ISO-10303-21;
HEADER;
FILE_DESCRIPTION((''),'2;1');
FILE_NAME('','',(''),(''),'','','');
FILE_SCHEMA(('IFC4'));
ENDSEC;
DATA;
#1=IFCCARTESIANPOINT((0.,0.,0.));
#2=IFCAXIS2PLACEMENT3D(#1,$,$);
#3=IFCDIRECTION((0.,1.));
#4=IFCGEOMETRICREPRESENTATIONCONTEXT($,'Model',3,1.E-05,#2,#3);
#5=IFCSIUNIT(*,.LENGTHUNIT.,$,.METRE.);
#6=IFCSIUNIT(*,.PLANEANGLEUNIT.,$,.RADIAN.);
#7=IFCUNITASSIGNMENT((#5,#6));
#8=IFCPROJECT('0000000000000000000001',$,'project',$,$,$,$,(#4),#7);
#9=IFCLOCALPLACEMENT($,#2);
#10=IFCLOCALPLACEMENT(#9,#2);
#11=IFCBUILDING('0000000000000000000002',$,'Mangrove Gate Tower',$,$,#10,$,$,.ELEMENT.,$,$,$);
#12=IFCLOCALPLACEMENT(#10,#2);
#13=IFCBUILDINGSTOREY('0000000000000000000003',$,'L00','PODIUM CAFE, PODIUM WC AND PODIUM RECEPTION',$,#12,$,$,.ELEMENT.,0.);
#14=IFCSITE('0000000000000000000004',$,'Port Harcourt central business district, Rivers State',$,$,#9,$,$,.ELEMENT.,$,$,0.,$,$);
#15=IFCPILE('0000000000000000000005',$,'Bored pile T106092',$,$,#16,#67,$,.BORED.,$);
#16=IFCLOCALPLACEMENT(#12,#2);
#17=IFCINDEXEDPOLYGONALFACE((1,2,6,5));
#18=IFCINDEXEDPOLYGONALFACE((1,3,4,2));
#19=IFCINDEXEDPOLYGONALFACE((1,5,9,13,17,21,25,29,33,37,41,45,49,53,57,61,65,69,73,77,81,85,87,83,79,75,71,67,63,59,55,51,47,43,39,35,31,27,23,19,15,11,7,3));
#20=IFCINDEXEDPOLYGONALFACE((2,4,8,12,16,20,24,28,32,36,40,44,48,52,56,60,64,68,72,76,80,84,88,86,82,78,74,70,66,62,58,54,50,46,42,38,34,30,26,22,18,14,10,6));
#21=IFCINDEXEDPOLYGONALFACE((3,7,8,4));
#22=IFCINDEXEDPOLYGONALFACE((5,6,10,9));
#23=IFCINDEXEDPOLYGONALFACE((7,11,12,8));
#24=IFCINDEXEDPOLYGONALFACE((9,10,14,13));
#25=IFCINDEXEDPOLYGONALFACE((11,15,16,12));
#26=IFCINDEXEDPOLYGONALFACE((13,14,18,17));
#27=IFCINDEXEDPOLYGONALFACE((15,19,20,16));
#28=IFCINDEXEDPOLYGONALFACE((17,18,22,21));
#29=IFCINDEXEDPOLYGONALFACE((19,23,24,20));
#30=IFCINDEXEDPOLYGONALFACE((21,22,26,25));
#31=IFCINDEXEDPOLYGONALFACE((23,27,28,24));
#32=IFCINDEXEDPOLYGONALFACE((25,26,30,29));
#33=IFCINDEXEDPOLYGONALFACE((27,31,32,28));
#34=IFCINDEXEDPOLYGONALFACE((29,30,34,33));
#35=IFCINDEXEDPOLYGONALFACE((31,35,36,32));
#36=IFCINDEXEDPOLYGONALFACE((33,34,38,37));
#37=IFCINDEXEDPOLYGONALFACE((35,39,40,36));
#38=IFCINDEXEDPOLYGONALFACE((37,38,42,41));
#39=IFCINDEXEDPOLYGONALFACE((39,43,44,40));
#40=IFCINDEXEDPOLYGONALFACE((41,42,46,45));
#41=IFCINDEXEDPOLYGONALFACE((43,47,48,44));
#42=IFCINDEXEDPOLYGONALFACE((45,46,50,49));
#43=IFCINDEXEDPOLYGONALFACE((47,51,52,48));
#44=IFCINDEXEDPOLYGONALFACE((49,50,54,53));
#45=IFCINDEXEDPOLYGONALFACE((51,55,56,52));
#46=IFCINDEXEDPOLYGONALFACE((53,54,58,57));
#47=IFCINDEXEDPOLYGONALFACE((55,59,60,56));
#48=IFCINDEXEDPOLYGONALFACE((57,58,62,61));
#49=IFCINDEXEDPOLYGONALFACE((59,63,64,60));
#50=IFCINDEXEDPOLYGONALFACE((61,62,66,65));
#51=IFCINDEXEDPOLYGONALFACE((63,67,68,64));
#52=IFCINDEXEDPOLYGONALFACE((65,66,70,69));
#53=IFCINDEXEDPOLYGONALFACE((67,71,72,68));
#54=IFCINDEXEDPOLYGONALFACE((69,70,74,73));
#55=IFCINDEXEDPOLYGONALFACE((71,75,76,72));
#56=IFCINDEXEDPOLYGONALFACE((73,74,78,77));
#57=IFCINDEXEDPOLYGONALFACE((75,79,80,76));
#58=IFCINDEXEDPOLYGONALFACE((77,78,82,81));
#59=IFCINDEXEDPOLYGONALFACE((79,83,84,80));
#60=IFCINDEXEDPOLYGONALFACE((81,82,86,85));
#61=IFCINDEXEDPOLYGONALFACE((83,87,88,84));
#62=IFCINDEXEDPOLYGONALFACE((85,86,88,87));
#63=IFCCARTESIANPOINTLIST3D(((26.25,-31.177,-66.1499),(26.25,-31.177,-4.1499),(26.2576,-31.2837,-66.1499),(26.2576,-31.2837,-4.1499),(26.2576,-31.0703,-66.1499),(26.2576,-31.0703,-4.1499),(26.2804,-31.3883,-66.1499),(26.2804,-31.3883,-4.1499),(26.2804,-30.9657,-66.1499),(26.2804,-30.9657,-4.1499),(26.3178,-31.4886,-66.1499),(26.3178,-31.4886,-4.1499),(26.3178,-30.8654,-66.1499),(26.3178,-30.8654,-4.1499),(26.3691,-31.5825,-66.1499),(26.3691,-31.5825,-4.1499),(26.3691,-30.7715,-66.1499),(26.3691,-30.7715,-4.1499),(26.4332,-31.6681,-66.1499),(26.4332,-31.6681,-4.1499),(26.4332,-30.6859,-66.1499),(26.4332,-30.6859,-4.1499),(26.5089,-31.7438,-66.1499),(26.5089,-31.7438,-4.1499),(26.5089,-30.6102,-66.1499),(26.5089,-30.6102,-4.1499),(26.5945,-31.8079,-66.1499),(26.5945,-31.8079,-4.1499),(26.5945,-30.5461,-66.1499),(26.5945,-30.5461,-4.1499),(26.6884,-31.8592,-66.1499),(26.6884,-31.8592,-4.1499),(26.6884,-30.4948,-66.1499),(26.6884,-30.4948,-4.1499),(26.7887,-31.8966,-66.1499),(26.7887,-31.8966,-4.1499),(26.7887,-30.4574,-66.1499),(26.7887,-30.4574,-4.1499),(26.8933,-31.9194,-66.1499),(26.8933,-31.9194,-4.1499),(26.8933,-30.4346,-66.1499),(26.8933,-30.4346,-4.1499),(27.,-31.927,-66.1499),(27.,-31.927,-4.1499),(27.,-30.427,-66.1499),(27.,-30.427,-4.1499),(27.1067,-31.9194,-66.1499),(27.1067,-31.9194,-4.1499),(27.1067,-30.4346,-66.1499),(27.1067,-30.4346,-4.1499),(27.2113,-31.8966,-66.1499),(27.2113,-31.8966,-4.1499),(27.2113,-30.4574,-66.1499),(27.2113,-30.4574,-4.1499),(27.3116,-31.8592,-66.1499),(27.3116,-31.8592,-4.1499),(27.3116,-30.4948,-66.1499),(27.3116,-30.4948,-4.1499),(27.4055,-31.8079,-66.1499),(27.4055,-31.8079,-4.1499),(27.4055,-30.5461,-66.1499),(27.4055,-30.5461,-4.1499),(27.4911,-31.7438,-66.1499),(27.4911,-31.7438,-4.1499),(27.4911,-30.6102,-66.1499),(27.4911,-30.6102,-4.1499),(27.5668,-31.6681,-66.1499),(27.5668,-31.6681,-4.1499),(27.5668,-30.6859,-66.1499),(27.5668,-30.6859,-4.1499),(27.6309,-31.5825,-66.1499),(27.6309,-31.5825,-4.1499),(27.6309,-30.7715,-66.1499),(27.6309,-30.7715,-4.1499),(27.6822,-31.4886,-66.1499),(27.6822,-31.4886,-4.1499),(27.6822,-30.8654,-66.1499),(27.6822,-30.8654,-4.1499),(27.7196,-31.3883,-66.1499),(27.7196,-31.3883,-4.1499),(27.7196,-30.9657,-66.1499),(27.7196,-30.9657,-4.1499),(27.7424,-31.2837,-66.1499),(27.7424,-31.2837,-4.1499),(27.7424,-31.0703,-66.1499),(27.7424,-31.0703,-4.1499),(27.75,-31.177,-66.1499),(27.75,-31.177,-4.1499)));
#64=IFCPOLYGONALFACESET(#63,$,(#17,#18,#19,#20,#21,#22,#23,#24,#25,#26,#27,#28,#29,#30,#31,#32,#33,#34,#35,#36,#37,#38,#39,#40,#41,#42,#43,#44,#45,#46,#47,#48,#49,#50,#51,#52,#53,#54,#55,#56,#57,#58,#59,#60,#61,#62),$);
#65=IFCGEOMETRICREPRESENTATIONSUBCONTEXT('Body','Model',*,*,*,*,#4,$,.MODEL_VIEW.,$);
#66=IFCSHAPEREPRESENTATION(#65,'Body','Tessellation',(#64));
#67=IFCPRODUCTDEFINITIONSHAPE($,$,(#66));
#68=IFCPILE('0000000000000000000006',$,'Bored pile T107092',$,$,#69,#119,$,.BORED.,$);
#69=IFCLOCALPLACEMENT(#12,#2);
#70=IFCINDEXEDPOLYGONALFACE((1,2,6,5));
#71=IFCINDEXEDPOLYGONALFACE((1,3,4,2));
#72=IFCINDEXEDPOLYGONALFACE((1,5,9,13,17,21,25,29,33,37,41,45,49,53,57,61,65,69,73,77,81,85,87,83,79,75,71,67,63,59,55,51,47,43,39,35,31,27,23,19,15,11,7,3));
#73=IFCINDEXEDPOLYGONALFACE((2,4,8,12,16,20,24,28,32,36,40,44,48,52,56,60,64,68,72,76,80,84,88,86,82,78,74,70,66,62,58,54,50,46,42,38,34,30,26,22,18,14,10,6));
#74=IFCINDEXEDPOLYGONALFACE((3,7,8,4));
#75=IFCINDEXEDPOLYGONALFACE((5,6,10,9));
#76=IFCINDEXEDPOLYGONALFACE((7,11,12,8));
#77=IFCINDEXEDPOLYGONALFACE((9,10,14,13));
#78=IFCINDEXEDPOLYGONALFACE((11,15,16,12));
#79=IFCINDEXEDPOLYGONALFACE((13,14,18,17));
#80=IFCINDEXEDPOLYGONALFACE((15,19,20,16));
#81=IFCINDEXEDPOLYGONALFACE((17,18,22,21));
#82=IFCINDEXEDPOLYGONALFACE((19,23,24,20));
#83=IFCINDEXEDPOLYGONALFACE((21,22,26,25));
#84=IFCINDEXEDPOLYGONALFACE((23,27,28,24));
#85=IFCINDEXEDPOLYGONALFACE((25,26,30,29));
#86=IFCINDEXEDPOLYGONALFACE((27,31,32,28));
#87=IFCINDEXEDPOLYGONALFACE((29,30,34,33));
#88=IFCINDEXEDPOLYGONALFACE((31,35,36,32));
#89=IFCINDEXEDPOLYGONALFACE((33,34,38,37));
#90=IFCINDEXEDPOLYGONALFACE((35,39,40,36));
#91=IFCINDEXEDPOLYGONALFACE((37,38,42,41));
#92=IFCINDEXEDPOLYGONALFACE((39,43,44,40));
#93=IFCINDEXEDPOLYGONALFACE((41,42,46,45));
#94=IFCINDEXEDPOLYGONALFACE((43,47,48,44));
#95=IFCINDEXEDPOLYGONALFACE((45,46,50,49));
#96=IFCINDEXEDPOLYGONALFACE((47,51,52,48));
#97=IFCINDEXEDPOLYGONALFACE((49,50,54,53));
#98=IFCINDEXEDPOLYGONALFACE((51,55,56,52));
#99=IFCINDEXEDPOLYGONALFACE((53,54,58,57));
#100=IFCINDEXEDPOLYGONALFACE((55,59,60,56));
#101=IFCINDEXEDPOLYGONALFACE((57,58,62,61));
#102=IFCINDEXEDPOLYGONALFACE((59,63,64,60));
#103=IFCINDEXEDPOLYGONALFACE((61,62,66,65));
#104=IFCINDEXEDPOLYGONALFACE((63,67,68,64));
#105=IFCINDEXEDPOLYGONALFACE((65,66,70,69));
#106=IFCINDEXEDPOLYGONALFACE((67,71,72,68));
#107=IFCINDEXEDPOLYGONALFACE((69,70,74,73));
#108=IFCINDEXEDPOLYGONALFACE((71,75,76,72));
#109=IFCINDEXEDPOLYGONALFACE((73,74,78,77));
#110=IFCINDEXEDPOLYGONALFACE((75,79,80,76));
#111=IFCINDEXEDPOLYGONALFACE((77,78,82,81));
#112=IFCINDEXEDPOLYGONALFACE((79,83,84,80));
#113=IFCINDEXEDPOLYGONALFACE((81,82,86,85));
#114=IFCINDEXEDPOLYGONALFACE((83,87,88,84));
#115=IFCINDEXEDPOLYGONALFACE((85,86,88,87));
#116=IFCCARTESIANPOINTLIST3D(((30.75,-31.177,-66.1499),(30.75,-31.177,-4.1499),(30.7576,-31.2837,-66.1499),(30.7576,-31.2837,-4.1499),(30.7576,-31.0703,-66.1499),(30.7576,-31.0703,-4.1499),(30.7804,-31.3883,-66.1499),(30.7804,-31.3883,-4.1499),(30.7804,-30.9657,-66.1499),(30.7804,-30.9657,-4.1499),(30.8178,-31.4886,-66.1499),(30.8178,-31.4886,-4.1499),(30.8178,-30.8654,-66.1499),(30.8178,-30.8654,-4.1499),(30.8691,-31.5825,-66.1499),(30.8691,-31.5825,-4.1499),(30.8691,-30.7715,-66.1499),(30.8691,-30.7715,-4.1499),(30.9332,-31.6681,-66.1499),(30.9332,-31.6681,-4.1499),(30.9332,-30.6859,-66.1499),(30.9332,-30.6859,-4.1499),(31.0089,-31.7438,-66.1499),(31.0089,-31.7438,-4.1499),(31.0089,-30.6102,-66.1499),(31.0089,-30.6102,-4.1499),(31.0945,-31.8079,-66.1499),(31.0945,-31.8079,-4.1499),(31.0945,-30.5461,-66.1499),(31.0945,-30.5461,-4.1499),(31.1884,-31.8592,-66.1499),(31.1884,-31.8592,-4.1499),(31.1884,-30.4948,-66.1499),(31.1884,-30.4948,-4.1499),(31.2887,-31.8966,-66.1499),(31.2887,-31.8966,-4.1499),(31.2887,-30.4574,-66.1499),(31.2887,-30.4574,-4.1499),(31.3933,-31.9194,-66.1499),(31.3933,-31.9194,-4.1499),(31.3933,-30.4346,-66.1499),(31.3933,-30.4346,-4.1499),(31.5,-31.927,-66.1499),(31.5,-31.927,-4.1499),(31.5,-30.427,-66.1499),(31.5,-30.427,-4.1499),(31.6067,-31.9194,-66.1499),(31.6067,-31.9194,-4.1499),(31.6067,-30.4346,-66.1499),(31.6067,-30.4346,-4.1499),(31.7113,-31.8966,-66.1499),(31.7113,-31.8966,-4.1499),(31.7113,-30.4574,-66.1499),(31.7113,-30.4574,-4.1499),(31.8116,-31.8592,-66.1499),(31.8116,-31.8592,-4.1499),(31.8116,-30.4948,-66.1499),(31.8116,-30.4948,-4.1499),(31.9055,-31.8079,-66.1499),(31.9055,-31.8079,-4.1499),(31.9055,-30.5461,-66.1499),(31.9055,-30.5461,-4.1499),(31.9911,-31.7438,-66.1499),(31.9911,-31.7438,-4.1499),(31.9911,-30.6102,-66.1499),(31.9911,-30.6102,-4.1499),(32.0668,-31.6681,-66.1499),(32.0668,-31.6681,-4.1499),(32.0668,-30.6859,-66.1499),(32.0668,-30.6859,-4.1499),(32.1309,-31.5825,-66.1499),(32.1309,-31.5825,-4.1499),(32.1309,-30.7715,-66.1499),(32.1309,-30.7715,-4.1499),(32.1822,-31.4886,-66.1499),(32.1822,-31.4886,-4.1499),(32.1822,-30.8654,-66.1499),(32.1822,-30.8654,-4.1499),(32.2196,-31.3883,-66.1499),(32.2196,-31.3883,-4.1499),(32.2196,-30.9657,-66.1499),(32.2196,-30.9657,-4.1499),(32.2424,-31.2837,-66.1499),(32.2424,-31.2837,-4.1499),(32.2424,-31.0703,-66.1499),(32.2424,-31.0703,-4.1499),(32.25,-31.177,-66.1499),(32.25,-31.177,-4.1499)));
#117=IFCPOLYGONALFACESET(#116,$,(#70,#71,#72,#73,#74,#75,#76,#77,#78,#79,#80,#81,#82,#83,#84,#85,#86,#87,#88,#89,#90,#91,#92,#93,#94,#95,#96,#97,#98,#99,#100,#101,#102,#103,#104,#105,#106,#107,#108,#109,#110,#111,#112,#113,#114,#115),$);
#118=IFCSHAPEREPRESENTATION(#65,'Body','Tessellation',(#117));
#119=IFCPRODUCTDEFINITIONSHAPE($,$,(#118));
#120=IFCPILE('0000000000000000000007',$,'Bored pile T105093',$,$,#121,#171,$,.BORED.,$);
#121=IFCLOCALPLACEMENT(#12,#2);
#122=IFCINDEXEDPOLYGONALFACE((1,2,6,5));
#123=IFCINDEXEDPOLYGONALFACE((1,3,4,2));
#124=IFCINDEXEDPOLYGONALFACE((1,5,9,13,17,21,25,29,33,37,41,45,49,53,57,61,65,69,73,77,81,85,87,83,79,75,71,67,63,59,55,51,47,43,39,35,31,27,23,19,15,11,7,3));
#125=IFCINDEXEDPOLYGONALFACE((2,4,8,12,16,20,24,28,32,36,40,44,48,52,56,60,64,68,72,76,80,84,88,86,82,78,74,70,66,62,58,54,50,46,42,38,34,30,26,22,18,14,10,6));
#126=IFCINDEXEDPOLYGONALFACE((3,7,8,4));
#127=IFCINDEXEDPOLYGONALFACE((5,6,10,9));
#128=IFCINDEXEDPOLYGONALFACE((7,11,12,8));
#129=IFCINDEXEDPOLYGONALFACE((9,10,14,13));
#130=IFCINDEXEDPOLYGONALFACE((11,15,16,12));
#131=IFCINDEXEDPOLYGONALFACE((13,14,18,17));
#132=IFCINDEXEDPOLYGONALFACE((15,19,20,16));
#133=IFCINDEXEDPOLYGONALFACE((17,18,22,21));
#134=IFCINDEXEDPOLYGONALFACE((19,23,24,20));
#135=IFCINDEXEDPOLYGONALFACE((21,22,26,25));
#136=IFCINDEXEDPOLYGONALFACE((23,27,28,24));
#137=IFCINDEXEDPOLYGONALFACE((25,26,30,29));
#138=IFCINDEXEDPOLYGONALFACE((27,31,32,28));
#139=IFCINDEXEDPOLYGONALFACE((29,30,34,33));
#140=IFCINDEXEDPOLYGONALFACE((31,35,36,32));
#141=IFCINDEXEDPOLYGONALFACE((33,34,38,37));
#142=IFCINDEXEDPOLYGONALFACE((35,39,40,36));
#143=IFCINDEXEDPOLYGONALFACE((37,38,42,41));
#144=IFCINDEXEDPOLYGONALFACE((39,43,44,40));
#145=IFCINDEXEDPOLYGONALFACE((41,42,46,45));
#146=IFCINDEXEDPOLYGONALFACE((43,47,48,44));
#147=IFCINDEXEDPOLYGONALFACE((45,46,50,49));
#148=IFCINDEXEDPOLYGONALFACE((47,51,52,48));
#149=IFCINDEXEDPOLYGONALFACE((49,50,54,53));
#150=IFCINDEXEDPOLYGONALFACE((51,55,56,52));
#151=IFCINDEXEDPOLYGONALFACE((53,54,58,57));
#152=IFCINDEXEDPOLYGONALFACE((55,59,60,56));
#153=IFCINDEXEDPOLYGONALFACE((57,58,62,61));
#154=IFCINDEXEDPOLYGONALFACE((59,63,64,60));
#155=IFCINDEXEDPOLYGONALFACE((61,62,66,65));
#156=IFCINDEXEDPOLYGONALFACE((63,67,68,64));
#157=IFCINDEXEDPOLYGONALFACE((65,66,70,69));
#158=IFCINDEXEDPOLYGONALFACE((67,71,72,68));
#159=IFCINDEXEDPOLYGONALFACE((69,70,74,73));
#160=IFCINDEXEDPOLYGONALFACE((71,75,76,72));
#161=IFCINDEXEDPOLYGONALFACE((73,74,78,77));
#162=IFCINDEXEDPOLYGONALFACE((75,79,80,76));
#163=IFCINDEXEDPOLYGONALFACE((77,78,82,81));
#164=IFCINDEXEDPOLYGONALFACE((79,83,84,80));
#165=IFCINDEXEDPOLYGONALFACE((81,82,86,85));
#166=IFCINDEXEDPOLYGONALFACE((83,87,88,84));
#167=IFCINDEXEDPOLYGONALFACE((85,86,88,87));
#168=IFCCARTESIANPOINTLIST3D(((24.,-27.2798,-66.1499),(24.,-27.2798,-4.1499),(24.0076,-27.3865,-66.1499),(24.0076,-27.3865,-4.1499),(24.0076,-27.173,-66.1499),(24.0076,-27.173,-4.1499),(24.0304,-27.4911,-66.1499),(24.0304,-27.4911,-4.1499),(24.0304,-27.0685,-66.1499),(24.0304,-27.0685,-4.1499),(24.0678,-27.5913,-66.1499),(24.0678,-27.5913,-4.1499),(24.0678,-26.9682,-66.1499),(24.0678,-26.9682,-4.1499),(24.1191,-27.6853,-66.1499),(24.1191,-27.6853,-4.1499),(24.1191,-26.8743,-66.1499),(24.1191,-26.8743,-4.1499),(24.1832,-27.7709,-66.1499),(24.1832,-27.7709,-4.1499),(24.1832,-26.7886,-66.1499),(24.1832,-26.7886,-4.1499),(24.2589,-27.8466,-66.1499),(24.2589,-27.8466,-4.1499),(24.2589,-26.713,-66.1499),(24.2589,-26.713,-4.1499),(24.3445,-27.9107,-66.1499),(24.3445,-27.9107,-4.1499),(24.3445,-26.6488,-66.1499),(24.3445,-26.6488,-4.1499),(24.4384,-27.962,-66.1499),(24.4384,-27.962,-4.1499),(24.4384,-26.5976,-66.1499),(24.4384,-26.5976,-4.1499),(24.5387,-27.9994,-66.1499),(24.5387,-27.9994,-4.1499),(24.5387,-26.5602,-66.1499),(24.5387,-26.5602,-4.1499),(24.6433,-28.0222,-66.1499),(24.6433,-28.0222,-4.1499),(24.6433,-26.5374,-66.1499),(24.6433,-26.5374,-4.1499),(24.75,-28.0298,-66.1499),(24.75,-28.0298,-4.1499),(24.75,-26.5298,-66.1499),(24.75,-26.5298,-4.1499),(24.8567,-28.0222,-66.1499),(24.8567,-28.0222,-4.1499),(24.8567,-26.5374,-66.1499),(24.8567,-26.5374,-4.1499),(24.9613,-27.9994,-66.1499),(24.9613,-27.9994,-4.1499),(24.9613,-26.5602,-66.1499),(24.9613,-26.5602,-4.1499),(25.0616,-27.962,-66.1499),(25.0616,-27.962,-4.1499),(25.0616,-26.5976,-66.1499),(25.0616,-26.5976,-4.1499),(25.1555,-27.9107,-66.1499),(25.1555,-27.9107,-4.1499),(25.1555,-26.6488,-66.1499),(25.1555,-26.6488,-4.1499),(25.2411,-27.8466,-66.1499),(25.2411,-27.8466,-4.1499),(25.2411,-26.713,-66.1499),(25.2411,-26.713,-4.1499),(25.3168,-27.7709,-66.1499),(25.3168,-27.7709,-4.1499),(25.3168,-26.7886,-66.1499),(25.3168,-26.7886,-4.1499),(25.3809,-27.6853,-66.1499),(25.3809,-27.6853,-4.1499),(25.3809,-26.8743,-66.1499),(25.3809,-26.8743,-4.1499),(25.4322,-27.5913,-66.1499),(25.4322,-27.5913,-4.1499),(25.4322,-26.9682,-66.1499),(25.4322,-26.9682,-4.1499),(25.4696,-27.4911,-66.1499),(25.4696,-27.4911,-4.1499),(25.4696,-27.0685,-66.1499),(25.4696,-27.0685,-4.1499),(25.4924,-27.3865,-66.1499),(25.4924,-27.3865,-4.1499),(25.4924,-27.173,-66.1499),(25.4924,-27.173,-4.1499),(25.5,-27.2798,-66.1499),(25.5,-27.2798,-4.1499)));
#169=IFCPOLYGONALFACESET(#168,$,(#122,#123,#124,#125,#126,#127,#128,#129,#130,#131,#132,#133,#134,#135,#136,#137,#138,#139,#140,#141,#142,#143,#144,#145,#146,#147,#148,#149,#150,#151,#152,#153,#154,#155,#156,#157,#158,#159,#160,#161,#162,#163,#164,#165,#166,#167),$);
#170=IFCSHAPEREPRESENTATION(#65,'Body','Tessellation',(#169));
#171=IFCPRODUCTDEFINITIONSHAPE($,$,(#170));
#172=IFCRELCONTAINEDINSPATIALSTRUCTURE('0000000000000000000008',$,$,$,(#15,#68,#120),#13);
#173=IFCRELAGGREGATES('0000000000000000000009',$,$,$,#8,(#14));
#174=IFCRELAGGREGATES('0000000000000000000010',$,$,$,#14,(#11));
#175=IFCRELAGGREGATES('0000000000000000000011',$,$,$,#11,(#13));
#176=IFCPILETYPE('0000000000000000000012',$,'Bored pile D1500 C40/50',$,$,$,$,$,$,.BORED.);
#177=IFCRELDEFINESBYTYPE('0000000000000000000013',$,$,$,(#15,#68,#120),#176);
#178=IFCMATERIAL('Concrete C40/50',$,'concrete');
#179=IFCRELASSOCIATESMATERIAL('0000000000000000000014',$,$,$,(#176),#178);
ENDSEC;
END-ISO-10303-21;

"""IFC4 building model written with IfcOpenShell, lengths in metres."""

from ifc_helpers import new_model, si_unit, direction, frame, origin, origin_2d, place, context, subcontext, project, spatial, circle, extrude, material, material_profile, profile_set, type_object, element, save


model = new_model("IFC4")

# Units and contexts
model_context = context("Model", 3, precision=1e-05, world=origin(), true_north=direction((0.0, 1.0)))
body_context = subcontext(model_context, "Body", "Model", "MODEL_VIEW")
ifc_project = project(units=[si_unit("LENGTHUNIT", "METRE"), si_unit("PLANEANGLEUNIT", "RADIAN")], contexts=[model_context])

# Site, building, storey
site_placement = place(None, origin())
site = spatial("IfcSite", under=ifc_project, at=site_placement, Name="Port Harcourt central business district, Rivers State", CompositionType="ELEMENT", RefElevation=0.0)
building_placement = place(site_placement, origin())
building = spatial("IfcBuilding", under=site, at=building_placement, Name="Mangrove Gate Tower", CompositionType="ELEMENT")
storey_placement = place(building_placement, origin())
storey = spatial("IfcBuildingStorey", under=building, at=storey_placement, Name="L00", Description="PODIUM CAFE, PODIUM WC AND PODIUM RECEPTION", CompositionType="ELEMENT", Elevation=0.0)

# Piles
ifc_material_1 = material(Name="Concrete C40/50", Category="concrete")
ifc_material_profile_1 = material_profile(ifc_material_1, circle(Radius=0.75, at=origin_2d()))
ifc_profile_set_1 = profile_set([ifc_material_profile_1], Name="Concrete C40/50")
pile_type = type_object("IfcPileType", Name="Bored pile D1500 C40/50", PredefinedType="BORED", material=ifc_profile_set_1)
for number, where, z_axis, x_axis, name in (
    (1, (27.0, -31.177, -4.1499), (0.0, 0.0, -1.0), (1.0, 0.0, 0.0), "Bored pile T106092"),
    (2, (31.5, -31.177, -4.1499), (0.0, 0.0, -1.0), (1.0, 0.0, 0.0), "Bored pile T107092"),
    (3, (24.75, -27.2798, -4.1499), (0.0, 0.0, -1.0), (1.0, 0.0, 0.0), "Bored pile T105093"),
):
    element("IfcPile", number, at=place(storey_placement, frame(where, z_axis=z_axis, x_axis=x_axis)), inside=storey, type_object=pile_type, Name=name, PredefinedType="BORED", context=body_context, shape_type="SweptSolid", body=[
        extrude(circle(Radius=0.75, at=origin_2d()), origin(), (0.0, 0.0, 1.0), 62.0),
    ])

save(model, "model.ifc")
